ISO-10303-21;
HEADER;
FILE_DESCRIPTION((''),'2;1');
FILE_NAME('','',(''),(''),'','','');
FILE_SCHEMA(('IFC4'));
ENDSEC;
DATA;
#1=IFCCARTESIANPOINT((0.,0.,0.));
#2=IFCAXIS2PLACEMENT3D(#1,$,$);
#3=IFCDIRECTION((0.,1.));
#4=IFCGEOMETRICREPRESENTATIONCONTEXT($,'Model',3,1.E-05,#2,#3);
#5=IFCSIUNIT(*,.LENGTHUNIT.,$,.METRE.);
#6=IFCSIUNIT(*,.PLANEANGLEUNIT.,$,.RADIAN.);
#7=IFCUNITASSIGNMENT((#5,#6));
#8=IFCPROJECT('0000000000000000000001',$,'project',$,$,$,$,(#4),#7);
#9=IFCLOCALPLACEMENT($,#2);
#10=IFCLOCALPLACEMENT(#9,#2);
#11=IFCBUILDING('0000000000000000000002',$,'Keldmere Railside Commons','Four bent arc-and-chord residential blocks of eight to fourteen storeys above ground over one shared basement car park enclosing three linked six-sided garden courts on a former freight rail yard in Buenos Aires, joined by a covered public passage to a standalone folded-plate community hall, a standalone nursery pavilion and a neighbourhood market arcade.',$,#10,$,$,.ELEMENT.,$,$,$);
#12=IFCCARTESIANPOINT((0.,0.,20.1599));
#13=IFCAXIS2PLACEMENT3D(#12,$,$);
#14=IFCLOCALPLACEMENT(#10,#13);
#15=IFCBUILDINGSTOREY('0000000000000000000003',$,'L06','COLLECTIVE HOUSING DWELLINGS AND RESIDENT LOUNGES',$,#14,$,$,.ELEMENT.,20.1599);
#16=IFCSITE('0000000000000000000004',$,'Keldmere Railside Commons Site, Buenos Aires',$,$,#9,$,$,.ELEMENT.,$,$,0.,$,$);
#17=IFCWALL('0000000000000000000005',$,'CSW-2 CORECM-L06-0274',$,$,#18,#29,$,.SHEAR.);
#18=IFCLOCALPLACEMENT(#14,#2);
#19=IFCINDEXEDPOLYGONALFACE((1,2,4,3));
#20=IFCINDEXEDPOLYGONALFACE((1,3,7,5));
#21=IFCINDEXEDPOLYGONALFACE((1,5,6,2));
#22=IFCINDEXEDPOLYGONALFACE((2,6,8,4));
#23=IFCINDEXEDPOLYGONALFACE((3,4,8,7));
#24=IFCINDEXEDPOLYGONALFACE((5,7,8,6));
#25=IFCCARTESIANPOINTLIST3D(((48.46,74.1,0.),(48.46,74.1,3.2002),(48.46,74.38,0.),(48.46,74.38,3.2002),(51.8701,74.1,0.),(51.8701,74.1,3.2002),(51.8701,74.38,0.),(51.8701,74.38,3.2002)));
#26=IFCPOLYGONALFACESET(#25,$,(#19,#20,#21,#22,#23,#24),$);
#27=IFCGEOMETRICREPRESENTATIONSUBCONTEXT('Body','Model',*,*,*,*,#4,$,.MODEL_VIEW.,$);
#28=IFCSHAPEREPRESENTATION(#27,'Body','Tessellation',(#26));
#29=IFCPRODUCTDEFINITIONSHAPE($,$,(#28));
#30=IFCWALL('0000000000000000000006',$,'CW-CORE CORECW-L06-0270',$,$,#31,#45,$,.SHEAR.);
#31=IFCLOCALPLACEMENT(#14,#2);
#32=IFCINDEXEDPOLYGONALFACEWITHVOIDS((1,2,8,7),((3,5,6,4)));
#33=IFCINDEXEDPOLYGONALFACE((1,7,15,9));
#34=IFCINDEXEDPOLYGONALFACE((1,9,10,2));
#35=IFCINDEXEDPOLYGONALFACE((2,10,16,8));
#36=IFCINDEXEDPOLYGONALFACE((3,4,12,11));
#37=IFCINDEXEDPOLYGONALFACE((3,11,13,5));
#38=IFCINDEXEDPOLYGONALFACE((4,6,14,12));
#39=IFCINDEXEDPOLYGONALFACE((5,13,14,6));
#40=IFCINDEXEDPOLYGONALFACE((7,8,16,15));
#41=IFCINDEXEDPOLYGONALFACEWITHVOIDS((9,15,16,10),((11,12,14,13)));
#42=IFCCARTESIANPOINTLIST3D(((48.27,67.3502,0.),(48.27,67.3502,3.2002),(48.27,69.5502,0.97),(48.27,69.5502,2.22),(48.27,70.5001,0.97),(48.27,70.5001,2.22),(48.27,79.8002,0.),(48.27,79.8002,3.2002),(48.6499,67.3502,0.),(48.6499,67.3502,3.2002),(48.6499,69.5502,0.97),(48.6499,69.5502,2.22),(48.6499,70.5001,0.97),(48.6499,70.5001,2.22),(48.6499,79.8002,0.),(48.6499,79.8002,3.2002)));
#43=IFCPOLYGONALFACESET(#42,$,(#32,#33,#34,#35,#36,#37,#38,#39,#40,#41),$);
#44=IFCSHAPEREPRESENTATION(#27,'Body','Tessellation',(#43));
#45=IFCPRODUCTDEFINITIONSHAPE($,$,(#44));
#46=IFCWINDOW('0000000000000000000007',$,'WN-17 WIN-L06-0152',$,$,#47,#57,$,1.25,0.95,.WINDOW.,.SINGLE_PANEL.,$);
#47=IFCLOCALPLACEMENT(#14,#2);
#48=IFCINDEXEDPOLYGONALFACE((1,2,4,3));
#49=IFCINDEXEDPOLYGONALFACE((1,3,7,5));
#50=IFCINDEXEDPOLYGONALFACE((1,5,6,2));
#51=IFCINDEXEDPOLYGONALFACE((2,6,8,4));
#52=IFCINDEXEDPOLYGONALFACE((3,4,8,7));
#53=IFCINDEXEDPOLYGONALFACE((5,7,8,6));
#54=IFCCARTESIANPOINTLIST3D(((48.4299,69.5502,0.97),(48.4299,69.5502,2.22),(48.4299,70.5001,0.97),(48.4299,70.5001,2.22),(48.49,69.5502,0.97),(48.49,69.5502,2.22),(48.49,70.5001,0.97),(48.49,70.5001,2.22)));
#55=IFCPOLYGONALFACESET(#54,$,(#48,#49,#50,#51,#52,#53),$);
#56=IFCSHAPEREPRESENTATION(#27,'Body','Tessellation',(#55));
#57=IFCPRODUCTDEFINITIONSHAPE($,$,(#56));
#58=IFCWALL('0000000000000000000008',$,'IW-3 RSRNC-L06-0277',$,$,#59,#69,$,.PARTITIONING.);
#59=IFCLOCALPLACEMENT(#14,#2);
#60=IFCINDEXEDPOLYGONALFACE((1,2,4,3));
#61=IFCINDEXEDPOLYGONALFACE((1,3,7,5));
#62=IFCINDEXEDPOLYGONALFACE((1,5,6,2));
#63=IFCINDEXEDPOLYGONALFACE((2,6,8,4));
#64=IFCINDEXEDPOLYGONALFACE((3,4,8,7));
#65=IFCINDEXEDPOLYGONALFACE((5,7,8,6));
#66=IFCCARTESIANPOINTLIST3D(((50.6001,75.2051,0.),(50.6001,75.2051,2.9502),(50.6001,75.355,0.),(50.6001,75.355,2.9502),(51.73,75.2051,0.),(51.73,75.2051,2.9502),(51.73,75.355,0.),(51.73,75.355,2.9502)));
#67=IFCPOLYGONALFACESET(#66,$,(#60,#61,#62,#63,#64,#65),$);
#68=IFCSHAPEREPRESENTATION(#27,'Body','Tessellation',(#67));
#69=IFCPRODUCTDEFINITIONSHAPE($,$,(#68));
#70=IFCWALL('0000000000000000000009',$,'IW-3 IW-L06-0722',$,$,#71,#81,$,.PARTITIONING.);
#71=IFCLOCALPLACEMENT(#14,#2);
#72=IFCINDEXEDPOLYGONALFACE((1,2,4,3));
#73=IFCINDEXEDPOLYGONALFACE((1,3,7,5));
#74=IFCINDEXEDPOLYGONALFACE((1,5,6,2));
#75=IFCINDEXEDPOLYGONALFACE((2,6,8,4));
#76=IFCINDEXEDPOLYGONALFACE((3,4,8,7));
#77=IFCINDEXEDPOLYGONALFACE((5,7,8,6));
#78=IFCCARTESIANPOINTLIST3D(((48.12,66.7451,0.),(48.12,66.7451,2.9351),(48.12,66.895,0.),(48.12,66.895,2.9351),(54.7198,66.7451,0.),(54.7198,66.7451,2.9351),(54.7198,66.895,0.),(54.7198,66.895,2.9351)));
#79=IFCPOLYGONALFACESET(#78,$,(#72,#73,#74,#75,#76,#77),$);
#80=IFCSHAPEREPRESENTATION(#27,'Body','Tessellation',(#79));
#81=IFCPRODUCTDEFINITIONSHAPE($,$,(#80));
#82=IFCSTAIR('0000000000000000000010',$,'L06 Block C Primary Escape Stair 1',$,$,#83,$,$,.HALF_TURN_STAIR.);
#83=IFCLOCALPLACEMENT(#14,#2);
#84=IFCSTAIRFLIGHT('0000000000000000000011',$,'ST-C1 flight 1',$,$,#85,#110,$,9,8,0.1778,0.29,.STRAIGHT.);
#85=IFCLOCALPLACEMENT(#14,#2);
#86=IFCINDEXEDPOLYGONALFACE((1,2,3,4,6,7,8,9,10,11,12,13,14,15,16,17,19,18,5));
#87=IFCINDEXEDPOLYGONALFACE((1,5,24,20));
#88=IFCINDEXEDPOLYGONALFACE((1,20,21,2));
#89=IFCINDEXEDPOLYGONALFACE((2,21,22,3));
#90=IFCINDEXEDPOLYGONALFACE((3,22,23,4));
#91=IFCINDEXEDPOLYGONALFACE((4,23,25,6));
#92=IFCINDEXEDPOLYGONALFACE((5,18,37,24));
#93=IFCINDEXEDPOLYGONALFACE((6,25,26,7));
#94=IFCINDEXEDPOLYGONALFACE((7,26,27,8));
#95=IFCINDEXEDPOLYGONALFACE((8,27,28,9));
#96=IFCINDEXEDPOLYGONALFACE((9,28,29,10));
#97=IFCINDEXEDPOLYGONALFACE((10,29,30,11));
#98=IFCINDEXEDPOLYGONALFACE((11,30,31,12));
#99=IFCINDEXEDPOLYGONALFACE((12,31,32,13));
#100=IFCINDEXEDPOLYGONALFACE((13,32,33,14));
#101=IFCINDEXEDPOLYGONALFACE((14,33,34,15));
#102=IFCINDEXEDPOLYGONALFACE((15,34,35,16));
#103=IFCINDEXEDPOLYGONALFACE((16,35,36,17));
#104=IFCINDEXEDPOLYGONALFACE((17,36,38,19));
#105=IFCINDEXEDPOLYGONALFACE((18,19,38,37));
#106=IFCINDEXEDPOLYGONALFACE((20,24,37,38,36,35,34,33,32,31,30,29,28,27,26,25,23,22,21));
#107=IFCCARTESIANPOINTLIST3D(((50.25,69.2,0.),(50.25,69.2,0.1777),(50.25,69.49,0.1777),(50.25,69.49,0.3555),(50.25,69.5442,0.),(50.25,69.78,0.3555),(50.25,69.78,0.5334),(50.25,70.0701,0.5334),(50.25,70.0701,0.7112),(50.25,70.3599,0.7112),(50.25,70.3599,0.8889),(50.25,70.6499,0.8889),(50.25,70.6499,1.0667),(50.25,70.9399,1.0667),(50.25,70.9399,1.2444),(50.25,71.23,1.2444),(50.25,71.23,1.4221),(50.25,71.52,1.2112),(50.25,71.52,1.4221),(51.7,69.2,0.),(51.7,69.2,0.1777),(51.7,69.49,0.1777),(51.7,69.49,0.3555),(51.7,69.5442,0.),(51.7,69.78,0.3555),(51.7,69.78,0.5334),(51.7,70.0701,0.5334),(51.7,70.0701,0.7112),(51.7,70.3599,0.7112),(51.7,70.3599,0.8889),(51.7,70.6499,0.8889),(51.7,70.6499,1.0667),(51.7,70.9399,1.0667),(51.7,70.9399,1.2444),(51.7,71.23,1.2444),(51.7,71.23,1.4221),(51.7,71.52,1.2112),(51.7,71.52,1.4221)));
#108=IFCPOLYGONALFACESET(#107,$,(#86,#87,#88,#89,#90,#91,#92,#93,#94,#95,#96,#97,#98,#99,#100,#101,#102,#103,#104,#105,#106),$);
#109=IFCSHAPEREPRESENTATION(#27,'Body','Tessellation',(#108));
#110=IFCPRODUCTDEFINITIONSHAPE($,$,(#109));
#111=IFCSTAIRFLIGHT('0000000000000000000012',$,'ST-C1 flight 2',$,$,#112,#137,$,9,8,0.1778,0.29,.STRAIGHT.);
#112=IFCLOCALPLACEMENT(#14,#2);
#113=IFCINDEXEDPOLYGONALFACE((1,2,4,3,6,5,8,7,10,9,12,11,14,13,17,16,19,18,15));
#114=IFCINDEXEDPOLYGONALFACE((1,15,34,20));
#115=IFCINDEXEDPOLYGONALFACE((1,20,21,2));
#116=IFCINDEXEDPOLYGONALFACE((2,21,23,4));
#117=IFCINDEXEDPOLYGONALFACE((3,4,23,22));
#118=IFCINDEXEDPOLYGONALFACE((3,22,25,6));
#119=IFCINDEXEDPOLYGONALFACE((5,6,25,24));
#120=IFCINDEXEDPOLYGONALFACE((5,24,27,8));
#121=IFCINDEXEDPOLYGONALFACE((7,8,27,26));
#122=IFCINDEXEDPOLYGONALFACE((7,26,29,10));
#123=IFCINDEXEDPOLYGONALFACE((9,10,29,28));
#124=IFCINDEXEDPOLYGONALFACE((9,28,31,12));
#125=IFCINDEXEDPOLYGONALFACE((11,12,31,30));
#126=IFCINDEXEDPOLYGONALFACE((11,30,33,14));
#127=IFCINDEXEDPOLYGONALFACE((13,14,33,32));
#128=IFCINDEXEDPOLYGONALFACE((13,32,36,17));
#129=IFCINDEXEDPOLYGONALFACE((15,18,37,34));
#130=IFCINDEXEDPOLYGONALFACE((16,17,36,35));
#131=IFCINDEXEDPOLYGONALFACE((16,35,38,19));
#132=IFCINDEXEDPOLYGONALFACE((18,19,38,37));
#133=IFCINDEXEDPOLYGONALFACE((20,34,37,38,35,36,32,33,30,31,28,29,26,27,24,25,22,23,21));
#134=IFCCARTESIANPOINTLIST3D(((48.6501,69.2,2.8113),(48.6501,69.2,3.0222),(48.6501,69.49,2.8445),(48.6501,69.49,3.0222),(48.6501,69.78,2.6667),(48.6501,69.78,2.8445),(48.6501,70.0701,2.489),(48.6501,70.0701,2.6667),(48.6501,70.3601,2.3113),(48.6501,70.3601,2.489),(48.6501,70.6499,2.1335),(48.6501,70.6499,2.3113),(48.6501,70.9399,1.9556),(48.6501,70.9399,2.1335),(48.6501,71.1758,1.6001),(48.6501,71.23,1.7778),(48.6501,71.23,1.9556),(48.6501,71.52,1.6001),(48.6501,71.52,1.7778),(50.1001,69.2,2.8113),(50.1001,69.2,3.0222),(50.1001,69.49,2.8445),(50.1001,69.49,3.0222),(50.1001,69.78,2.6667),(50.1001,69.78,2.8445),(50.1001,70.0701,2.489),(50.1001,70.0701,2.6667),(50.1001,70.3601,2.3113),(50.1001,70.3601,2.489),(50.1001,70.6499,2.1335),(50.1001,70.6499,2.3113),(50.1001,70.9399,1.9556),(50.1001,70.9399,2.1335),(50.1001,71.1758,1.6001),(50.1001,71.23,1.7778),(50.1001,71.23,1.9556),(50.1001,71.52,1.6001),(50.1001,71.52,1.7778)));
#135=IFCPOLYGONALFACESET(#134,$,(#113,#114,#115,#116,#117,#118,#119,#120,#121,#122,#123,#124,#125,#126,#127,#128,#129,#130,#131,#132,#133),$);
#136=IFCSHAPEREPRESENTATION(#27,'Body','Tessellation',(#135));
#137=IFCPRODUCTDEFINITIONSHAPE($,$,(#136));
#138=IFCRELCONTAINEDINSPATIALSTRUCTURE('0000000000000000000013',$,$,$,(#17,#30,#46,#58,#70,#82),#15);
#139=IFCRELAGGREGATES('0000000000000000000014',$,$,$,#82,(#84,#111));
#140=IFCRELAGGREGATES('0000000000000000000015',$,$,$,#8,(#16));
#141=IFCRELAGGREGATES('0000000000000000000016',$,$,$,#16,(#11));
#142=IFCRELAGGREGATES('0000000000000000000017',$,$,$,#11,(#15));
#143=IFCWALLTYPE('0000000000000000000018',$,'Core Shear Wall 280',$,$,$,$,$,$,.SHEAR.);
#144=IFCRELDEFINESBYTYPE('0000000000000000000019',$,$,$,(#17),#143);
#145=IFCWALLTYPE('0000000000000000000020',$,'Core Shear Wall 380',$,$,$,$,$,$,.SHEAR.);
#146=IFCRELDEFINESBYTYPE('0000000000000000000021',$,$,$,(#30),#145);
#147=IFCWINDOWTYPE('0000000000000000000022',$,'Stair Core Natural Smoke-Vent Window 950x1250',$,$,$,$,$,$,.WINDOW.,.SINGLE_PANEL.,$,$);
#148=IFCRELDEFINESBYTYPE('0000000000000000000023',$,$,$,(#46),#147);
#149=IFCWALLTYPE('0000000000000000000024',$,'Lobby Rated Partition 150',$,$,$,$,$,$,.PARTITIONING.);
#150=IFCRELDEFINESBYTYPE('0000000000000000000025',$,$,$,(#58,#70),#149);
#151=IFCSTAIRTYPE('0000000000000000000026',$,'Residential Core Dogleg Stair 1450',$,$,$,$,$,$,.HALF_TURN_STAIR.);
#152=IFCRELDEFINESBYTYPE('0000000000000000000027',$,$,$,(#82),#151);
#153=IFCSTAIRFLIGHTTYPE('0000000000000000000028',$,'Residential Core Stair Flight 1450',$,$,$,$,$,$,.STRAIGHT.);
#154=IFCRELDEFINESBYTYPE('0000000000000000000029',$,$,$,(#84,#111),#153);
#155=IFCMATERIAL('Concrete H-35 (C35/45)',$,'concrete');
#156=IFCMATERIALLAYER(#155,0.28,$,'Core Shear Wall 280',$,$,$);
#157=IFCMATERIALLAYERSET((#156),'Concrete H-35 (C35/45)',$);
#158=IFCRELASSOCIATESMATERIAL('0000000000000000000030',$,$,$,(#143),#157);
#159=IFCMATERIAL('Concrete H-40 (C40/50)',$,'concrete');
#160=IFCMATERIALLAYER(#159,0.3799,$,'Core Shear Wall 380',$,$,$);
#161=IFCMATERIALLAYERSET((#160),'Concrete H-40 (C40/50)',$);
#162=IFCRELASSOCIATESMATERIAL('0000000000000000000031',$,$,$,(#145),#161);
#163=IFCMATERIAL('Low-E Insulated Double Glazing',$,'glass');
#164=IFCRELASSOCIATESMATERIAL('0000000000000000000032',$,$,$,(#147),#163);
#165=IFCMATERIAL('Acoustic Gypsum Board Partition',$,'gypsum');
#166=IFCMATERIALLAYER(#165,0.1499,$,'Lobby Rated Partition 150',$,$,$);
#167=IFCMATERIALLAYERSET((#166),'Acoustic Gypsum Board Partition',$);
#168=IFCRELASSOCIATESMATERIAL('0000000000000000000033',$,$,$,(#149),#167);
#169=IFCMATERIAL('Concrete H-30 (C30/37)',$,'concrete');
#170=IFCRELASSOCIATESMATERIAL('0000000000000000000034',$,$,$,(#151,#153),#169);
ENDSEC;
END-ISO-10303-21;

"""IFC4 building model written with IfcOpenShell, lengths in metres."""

from ifc_helpers import new_model, si_unit, direction, frame, frame_2d, origin, place, context, subcontext, project, spatial, polyline, rectangle, outline, extrude, material, layer, layer_set, type_object, element, fill, aggregate, save


model = new_model("IFC4")

# Units and contexts
model_context = context("Model", 3, precision=1e-05, world=origin(), true_north=direction((0.0, 1.0)))
body_context = subcontext(model_context, "Body", "Model", "MODEL_VIEW")
ifc_project = project(units=[si_unit("LENGTHUNIT", "METRE"), si_unit("PLANEANGLEUNIT", "RADIAN")], contexts=[model_context])

# Site, building, storey
site_placement = place(None, origin())
site = spatial("IfcSite", under=ifc_project, at=site_placement, Name="Keldmere Railside Commons Site, Buenos Aires", CompositionType="ELEMENT", RefElevation=0.0)
building_placement = place(site_placement, origin())
building = spatial("IfcBuilding", under=site, at=building_placement, Name="Keldmere Railside Commons", Description="Four bent arc-and-chord residential blocks of eight to fourteen storeys above ground over one shared basement car park enclosing three linked six-sided garden courts on a former freight rail yard in Buenos Aires, joined by a covered public passage to a standalone folded-plate community hall, a standalone nursery pavilion and a neighbourhood market arcade.", CompositionType="ELEMENT")
storey_placement = place(building_placement, frame((0.0, 0.0, 20.1599)))
storey = spatial("IfcBuildingStorey", under=building, at=storey_placement, Name="L06", Description="COLLECTIVE HOUSING DWELLINGS AND RESIDENT LOUNGES", CompositionType="ELEMENT", Elevation=20.1599)

# Wall
ifc_material_1 = material(Name="Concrete H-35 (C35/45)", Category="concrete")
ifc_layer_1 = layer(ifc_material_1, 0.28, Name="Core Shear Wall 280")
ifc_layer_set_1 = layer_set([ifc_layer_1], Name="Concrete H-35 (C35/45)")
wall_type_1 = type_object("IfcWallType", Name="Core Shear Wall 280", PredefinedType="SHEAR", material=ifc_layer_set_1)
wall_1_placement = place(storey_placement, frame((48.46, 74.24, 0.0), z_axis=(0.0, 0.0, 1.0), x_axis=(1.0, 0.0, 0.0)))
element("IfcWall", 1, at=wall_1_placement, inside=storey, type_object=wall_type_1, Name="CSW-2 CORECM-L06-0274", PredefinedType="SHEAR", context=body_context, shape_type="SweptSolid", body=[
    extrude(rectangle(XDim=3.4102, YDim=0.28, at=frame_2d((1.7051, 0.0))), origin(), (0.0, 0.0, 1.0), 3.2002),
])

# Wall, opening, window
ifc_material_2 = material(Name="Concrete H-40 (C40/50)", Category="concrete")
ifc_layer_2 = layer(ifc_material_2, 0.3799, Name="Core Shear Wall 380")
ifc_layer_set_2 = layer_set([ifc_layer_2], Name="Concrete H-40 (C40/50)")
wall_type_2 = type_object("IfcWallType", Name="Core Shear Wall 380", PredefinedType="SHEAR", material=ifc_layer_set_2)
wall_2_placement = place(storey_placement, frame((48.46, 67.3501, 0.0), z_axis=(0.0, 0.0, 1.0), x_axis=(0.0, 1.0, 0.0)))
wall_2 = element("IfcWall", 2, at=wall_2_placement, inside=storey, type_object=wall_type_2, Name="CW-CORE CORECW-L06-0270", PredefinedType="SHEAR", context=body_context, shape_type="SweptSolid", body=[
    extrude(rectangle(XDim=12.45, YDim=0.3799, at=frame_2d((6.2251, 0.0))), origin(), (0.0, 0.0, 1.0), 3.2002),
])
opening_1_placement = place(wall_2_placement, frame((2.2, 0.0, 0.97)))
opening_1 = element("IfcOpeningElement", 3, at=opening_1_placement, cuts=wall_2, PredefinedType="OPENING", context=body_context, shape_type="SweptSolid", body=[
    extrude(rectangle(XDim=0.95, YDim=1.25, at=frame_2d((0.4751, 0.625))), frame((0.0, 0.2, 0.0), z_axis=(0.0, -1.0, 0.0), x_axis=(1.0, 0.0, 0.0)), (0.0, 0.0, 1.0), 0.3999),
])
ifc_material_3 = material(Name="Low-E Insulated Double Glazing", Category="glass")
window_type = type_object("IfcWindowType", Name="Stair Core Natural Smoke-Vent Window 950x1250", PartitioningType="SINGLE_PANEL", PredefinedType="WINDOW", material=ifc_material_3)
window_placement = place(opening_1_placement, origin())
window = element("IfcWindow", 4, at=window_placement, inside=storey, type_object=window_type, Name="WN-17 WIN-L06-0152", OverallHeight=1.25, OverallWidth=0.95, PartitioningType="SINGLE_PANEL", PredefinedType="WINDOW", context=body_context, shape_type="SweptSolid", body=[
    extrude(rectangle(XDim=0.95, YDim=1.25, at=frame_2d((0.4751, 0.625))), frame((0.0, 0.03, 0.0), z_axis=(0.0, -1.0, 0.0), x_axis=(1.0, 0.0, 0.0)), (0.0, 0.0, 1.0), 0.0601),
])
fill(opening_1, window)

# Walls
ifc_material_4 = material(Name="Acoustic Gypsum Board Partition", Category="gypsum")
ifc_layer_3 = layer(ifc_material_4, 0.1499, Name="Lobby Rated Partition 150")
ifc_layer_set_3 = layer_set([ifc_layer_3], Name="Acoustic Gypsum Board Partition")
wall_type_3 = type_object("IfcWallType", Name="Lobby Rated Partition 150", PredefinedType="PARTITIONING", material=ifc_layer_set_3)
wall_3_placement = place(storey_placement, frame((50.6001, 75.28, 0.0), z_axis=(0.0, 0.0, 1.0), x_axis=(1.0, 0.0, 0.0)))
element("IfcWall", 5, at=wall_3_placement, inside=storey, type_object=wall_type_3, Name="IW-3 RSRNC-L06-0277", PredefinedType="PARTITIONING", context=body_context, shape_type="SweptSolid", body=[
    extrude(rectangle(XDim=1.1299, YDim=0.1499, at=frame_2d((0.5649, 0.0))), origin(), (0.0, 0.0, 1.0), 2.9502),
])
wall_4_placement = place(storey_placement, frame((48.1201, 66.8201, 0.0), z_axis=(0.0, 0.0, 1.0), x_axis=(1.0, 0.0, 0.0)))
element("IfcWall", 6, at=wall_4_placement, inside=storey, type_object=wall_type_3, Name="IW-3 IW-L06-0722", PredefinedType="PARTITIONING", context=body_context, shape_type="SweptSolid", body=[
    extrude(rectangle(XDim=6.5999, YDim=0.1499, at=frame_2d((3.2998, 0.0))), origin(), (0.0, 0.0, 1.0), 2.9351),
])

# Stair, stair flights
ifc_material_5 = material(Name="Concrete H-30 (C30/37)", Category="concrete")
stair_type = type_object("IfcStairType", Name="Residential Core Dogleg Stair 1450", PredefinedType="HALF_TURN_STAIR", material=ifc_material_5)
stair_placement = place(storey_placement, origin())
stair = element("IfcStair", 7, at=stair_placement, inside=storey, type_object=stair_type, Name="L06 Block C Primary Escape Stair 1", PredefinedType="HALF_TURN_STAIR")
stair_flight_type = type_object("IfcStairFlightType", Name="Residential Core Stair Flight 1450", PredefinedType="STRAIGHT", material=ifc_material_5)
stair_flight_1_placement = place(storey_placement, frame((50.9751, 69.2, 0.0), z_axis=(0.0, 0.0, 1.0), x_axis=(0.0, 1.0, 0.0)))
stair_flight_1 = element("IfcStairFlight", 8, at=stair_flight_1_placement, type_object=stair_flight_type, Name="ST-C1 flight 1", NumberOfRisers=9, NumberOfTreads=8, PredefinedType="STRAIGHT", RiserHeight=0.1778, TreadLength=0.29, context=body_context, shape_type="SweptSolid", body=[
    extrude(outline(polyline([(0.0, 0.0), (0.0, 0.1777), (0.29, 0.1777), (0.29, 0.3555), (0.5801, 0.3555), (0.5801, 0.5334), (0.8701, 0.5334), (0.8701, 0.7112), (1.1599, 0.7112), (1.1599, 0.8889), (1.45, 0.8889), (1.45, 1.0667), (1.74, 1.0667), (1.74, 1.2444), (2.03, 1.2444), (2.03, 1.4221), (2.3201, 1.4221), (2.3201, 1.6001), (2.3201, 1.2112), (0.3442, 0.0), (0.0, 0.0)])), frame((0.0, 0.7251, 0.0), z_axis=(0.0, -1.0, 0.0), x_axis=(1.0, 0.0, 0.0)), (0.0, 0.0, 1.0), 1.45),
])
stair_flight_2_placement = place(storey_placement, frame((49.375, 71.52, 1.6001), z_axis=(0.0, 0.0, 1.0), x_axis=(0.0, -1.0, 0.0)))
stair_flight_2 = element("IfcStairFlight", 9, at=stair_flight_2_placement, type_object=stair_flight_type, Name="ST-C1 flight 2", NumberOfRisers=9, NumberOfTreads=8, PredefinedType="STRAIGHT", RiserHeight=0.1778, TreadLength=0.29, context=body_context, shape_type="SweptSolid", body=[
    extrude(outline(polyline([(0.0, 0.0), (0.0, 0.1777), (0.29, 0.1777), (0.29, 0.3555), (0.5801, 0.3555), (0.5801, 0.5334), (0.8701, 0.5334), (0.8701, 0.7112), (1.1599, 0.7112), (1.1599, 0.8889), (1.45, 0.8889), (1.45, 1.0667), (1.74, 1.0667), (1.74, 1.2444), (2.03, 1.2444), (2.03, 1.4221), (2.3201, 1.4221), (2.3201, 1.6001), (2.3201, 1.2112), (0.3442, 0.0), (0.0, 0.0)])), frame((0.0, 0.7251, 0.0), z_axis=(0.0, -1.0, 0.0), x_axis=(1.0, 0.0, 0.0)), (0.0, 0.0, 1.0), 1.45),
])
aggregate(stair, [stair_flight_1, stair_flight_2])

save(model, "model.ifc")
